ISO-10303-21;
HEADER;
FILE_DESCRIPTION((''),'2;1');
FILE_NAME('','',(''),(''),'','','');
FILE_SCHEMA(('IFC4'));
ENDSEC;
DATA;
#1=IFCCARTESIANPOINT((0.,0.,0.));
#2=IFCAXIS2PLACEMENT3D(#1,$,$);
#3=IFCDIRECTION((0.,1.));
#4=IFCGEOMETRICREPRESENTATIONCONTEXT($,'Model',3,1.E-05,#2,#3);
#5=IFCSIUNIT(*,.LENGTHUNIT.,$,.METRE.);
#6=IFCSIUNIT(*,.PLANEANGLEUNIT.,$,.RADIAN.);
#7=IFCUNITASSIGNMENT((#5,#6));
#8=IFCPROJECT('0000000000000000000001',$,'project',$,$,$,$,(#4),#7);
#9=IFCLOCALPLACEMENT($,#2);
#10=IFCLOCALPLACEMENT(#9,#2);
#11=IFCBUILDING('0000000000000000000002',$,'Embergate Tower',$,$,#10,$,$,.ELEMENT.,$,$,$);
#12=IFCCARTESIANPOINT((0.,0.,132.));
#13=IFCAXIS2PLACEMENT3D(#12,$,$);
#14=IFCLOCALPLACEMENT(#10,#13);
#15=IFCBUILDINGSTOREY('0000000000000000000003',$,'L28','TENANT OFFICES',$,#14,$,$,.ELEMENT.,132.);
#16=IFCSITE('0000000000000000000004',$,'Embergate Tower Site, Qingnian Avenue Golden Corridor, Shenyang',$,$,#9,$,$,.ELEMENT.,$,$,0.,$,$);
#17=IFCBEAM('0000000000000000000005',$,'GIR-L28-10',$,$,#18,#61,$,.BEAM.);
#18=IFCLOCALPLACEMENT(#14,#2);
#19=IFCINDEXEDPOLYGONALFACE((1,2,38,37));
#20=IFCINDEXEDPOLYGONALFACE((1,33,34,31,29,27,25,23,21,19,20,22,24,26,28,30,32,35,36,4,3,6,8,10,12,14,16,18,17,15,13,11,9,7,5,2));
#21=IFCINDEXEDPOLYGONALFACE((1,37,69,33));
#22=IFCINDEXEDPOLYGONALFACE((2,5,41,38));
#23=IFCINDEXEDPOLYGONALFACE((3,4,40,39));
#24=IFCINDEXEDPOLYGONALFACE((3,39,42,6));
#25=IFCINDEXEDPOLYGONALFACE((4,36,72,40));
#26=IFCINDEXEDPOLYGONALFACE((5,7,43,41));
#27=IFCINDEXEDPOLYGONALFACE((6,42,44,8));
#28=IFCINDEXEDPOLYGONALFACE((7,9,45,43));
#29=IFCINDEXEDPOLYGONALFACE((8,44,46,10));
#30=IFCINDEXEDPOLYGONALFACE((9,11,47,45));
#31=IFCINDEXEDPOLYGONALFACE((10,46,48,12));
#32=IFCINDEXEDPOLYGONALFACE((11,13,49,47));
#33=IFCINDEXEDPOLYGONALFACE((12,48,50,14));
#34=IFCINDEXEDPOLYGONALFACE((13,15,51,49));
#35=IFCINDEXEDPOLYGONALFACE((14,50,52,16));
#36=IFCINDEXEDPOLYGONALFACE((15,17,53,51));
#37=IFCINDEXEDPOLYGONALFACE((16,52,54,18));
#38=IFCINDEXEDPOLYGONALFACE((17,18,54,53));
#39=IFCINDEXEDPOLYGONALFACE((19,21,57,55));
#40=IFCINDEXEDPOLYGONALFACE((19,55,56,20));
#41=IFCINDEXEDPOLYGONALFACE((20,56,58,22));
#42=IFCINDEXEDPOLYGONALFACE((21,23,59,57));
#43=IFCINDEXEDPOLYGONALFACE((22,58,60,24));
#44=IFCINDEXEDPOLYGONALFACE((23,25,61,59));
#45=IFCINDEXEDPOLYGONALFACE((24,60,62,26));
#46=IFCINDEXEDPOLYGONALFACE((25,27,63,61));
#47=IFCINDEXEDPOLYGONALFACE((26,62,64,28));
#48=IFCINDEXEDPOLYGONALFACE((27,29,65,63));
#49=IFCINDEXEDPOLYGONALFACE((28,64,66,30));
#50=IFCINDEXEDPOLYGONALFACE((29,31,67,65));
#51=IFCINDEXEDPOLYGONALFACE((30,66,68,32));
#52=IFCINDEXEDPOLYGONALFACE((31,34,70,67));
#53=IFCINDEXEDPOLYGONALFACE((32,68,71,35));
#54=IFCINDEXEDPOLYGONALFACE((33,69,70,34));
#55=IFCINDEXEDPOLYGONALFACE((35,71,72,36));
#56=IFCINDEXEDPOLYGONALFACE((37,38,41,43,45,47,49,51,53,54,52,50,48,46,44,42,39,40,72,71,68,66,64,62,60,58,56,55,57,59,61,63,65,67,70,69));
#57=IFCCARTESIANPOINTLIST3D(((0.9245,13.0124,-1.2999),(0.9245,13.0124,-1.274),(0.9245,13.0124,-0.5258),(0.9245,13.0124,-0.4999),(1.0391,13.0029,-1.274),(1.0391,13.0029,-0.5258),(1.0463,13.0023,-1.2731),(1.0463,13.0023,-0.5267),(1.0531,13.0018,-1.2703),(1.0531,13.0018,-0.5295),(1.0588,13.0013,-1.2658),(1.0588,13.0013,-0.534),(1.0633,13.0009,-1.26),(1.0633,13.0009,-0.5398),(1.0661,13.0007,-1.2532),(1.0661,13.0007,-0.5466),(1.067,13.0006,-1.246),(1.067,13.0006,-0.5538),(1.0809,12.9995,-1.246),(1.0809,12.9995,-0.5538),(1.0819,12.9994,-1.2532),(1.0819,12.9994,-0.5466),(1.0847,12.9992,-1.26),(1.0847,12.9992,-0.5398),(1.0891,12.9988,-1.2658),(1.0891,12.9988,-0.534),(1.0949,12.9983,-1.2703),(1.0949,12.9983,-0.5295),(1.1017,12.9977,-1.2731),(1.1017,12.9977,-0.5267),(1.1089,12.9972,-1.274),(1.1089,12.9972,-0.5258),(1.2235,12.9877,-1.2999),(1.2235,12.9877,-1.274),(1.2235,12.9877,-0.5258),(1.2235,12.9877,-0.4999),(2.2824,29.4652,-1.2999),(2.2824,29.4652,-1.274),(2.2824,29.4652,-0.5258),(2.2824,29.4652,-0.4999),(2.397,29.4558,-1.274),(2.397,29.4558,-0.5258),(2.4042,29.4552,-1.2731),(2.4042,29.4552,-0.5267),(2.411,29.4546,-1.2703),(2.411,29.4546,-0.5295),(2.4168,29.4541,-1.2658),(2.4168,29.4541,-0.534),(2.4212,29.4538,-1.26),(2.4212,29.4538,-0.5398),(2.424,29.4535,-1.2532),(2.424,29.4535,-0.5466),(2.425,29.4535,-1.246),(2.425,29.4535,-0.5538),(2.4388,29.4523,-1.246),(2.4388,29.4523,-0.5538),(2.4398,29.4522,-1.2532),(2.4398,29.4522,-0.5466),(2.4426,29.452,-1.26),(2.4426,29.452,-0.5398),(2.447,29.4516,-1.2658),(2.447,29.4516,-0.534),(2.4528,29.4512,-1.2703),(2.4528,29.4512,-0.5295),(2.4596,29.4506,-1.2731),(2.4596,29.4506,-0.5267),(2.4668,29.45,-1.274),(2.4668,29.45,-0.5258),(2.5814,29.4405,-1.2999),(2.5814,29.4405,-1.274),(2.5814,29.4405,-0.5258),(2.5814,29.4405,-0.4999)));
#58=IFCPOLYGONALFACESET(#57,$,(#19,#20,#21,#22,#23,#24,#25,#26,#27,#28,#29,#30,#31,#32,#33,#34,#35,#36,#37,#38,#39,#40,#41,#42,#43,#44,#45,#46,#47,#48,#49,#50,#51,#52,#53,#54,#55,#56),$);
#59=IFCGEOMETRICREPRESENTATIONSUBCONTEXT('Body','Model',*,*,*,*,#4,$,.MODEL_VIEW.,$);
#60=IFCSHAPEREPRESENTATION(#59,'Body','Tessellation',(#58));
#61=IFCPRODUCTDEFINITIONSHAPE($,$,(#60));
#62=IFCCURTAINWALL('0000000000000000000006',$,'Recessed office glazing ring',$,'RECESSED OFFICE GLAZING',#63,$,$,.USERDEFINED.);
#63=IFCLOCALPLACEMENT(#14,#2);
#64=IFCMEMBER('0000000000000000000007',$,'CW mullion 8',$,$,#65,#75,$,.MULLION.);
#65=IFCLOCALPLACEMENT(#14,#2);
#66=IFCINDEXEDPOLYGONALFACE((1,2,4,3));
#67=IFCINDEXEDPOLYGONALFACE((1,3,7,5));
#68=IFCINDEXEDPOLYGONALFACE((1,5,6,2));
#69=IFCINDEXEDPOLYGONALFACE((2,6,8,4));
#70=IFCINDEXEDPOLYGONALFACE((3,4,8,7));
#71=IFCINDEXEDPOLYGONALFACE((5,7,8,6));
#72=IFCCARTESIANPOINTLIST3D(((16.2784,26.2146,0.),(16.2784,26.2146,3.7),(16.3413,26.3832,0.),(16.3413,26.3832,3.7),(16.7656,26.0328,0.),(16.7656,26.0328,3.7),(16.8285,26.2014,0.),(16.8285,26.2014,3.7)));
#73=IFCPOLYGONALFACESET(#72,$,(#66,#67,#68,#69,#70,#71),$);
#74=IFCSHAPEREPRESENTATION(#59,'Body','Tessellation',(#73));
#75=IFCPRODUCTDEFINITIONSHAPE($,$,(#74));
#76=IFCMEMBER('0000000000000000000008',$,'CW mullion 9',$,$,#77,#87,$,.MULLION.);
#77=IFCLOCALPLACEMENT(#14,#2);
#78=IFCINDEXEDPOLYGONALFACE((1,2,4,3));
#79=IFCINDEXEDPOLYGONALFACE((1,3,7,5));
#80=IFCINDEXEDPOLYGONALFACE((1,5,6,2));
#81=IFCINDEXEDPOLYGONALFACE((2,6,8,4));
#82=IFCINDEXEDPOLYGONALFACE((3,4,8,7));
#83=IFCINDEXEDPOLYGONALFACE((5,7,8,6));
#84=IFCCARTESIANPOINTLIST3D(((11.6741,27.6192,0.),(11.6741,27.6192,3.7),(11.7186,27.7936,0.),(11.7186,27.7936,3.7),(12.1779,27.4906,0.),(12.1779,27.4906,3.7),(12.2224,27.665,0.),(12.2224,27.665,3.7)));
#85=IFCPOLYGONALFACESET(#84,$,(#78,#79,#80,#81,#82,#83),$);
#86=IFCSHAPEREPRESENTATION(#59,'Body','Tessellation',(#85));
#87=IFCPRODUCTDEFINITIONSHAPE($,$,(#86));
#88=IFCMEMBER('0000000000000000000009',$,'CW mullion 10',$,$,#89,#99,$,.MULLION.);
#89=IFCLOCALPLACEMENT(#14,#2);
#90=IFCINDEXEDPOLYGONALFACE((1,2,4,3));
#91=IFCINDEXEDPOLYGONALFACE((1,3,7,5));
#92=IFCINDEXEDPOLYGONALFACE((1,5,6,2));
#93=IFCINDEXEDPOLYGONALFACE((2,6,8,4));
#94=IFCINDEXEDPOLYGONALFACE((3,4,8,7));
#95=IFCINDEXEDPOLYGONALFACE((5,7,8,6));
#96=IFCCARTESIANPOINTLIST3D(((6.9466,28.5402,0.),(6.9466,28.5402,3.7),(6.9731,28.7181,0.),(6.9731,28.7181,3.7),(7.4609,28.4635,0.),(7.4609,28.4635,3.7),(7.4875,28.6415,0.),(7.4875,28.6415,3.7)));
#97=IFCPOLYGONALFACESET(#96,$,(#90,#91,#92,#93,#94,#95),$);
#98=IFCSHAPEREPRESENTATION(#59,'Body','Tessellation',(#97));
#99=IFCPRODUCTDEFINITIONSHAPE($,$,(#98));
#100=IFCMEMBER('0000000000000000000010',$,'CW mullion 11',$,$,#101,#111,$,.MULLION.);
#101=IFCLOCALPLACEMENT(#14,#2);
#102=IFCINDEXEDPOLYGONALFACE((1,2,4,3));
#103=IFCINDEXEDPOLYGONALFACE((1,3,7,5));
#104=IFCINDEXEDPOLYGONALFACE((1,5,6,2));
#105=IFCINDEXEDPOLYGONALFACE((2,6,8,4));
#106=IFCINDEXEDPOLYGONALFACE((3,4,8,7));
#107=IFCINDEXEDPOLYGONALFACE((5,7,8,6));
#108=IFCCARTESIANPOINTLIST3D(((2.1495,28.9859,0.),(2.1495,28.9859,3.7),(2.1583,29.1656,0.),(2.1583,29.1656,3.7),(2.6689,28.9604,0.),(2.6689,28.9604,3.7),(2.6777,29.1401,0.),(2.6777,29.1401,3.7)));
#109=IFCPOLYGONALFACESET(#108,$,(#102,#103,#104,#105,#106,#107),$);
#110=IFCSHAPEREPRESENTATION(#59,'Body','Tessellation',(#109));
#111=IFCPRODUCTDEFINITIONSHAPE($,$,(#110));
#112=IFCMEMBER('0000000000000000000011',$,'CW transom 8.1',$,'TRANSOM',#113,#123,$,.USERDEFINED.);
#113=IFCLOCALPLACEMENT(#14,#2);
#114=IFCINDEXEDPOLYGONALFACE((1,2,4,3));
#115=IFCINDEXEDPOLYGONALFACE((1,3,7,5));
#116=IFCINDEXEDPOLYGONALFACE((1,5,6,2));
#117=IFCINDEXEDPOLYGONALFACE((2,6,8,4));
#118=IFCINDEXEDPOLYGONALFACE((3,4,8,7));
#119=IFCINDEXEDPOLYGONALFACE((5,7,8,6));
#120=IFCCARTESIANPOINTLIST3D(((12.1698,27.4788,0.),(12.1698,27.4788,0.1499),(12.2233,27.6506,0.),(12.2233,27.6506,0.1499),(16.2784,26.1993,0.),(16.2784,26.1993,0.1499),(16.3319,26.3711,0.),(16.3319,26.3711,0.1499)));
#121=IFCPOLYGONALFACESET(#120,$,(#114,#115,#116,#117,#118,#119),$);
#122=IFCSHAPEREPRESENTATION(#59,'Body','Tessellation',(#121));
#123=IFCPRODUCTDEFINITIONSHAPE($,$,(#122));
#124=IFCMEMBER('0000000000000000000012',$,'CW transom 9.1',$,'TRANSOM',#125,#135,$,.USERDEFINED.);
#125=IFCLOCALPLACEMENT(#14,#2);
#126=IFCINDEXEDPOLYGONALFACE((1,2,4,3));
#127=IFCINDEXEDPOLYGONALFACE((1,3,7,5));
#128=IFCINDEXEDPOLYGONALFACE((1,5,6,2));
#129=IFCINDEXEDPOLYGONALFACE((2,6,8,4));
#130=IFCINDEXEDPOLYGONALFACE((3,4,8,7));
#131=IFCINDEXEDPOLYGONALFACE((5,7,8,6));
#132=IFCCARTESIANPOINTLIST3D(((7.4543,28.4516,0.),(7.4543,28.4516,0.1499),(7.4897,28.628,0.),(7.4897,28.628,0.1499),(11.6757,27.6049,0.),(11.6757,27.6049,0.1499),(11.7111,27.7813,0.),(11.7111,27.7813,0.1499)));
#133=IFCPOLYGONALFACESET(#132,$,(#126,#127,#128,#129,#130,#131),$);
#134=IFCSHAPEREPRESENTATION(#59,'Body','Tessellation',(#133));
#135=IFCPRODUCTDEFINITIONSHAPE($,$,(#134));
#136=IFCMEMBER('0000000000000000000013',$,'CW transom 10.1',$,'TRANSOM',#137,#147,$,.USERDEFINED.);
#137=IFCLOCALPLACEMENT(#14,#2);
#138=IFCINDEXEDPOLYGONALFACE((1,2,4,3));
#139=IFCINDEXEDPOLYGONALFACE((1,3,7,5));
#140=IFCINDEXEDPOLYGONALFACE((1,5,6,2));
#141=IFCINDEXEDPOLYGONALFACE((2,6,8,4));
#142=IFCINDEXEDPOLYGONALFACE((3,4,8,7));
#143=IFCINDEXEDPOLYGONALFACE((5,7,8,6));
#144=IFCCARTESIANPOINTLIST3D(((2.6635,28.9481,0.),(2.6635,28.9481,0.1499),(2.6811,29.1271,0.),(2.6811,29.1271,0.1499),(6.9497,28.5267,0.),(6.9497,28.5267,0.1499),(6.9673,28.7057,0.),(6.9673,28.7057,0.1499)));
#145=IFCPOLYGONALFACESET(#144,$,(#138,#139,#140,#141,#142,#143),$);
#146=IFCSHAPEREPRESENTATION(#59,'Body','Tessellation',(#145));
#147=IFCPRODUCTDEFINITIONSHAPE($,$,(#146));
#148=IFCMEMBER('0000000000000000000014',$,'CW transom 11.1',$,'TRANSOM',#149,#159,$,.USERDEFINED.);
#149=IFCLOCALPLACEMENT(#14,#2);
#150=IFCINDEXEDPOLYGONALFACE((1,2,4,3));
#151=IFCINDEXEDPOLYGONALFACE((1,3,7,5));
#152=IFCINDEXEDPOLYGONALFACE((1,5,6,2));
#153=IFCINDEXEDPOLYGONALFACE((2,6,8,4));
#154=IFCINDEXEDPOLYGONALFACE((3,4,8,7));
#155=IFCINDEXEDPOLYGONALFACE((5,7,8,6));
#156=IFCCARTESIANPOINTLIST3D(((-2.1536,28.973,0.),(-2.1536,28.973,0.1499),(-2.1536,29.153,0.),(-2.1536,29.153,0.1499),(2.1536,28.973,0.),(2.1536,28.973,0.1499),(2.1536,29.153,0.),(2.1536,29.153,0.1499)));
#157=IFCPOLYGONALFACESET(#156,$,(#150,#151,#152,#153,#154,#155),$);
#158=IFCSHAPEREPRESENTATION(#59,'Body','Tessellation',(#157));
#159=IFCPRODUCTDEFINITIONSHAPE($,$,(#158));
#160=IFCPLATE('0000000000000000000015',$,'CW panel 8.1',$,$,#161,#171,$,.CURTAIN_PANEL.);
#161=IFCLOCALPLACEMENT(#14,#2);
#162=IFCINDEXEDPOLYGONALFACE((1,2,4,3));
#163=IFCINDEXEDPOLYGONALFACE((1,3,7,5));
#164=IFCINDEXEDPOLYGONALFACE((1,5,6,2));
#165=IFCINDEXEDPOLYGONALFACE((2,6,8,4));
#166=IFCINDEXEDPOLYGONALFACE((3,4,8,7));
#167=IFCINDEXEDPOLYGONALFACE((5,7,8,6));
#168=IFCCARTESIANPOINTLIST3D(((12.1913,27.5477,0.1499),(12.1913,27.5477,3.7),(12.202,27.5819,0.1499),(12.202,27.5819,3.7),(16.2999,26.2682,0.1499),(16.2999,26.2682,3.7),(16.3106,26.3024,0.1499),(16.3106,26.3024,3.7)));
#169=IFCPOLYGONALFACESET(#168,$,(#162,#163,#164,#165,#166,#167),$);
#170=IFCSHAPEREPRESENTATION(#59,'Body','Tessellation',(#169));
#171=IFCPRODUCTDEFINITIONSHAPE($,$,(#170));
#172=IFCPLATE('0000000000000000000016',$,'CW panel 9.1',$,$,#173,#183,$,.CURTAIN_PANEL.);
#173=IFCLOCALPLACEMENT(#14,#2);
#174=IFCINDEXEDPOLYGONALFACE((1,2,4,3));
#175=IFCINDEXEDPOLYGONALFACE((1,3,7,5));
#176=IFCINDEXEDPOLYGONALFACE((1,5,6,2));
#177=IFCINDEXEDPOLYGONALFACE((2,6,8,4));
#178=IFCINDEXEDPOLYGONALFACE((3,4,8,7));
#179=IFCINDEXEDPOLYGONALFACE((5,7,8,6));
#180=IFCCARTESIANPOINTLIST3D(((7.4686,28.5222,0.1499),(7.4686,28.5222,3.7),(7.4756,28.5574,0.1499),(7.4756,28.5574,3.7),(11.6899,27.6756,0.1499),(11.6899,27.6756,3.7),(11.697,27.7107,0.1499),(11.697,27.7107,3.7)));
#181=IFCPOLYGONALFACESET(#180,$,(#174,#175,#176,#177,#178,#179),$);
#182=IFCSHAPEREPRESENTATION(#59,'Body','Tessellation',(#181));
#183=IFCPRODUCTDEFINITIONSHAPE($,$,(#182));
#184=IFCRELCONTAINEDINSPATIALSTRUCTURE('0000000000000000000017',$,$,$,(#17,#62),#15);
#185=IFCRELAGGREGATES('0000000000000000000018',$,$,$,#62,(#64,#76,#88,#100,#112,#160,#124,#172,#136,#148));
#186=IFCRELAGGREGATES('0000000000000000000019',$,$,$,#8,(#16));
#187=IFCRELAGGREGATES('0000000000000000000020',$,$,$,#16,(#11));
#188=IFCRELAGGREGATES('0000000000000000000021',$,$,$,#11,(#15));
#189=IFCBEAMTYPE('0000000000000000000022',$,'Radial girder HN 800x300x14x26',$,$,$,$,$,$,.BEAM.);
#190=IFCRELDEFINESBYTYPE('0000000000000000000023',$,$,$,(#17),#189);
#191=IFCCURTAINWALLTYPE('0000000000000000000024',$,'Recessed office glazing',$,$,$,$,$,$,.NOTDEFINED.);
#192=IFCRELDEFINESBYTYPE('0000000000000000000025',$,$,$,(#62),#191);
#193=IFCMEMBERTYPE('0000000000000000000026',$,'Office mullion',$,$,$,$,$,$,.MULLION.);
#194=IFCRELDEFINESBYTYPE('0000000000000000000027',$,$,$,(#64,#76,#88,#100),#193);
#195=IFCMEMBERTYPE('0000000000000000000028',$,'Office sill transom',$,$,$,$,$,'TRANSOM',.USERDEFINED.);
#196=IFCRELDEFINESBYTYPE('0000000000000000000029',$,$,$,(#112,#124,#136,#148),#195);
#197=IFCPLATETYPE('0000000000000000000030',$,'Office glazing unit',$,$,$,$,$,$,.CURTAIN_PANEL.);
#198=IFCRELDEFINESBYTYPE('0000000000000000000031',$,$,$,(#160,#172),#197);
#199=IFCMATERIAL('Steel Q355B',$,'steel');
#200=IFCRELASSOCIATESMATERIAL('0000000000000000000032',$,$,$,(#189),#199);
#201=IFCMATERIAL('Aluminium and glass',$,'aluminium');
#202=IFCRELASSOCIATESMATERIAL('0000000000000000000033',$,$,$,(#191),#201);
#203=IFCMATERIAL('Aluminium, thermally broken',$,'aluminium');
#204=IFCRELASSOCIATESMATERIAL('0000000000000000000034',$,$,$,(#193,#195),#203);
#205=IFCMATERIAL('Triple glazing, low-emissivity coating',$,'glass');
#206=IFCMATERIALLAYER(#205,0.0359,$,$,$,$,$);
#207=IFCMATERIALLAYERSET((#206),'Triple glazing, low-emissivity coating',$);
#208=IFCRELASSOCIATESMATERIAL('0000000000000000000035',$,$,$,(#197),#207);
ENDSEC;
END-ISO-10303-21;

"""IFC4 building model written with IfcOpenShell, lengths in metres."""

from ifc_helpers import new_model, si_unit, direction, frame, origin, origin_2d, place, context, subcontext, project, spatial, rectangle, i_section, extrude, source, transform, mapped, material, layer, layer_set, material_profile, profile_set, type_object, element, aggregate, save


model = new_model("IFC4")

# Units and contexts
model_context = context("Model", 3, precision=1e-05, world=origin(), true_north=direction((0.0, 1.0)))
body_context = subcontext(model_context, "Body", "Model", "MODEL_VIEW")
ifc_project = project(units=[si_unit("LENGTHUNIT", "METRE"), si_unit("PLANEANGLEUNIT", "RADIAN")], contexts=[model_context])

# Site, building, storey
site_placement = place(None, origin())
site = spatial("IfcSite", under=ifc_project, at=site_placement, Name="Embergate Tower Site, Qingnian Avenue Golden Corridor, Shenyang", CompositionType="ELEMENT", RefElevation=0.0)
building_placement = place(site_placement, origin())
building = spatial("IfcBuilding", under=site, at=building_placement, Name="Embergate Tower", CompositionType="ELEMENT")
storey_placement = place(building_placement, frame((0.0, 0.0, 132.0)))
storey = spatial("IfcBuildingStorey", under=building, at=storey_placement, Name="L28", Description="TENANT OFFICES", CompositionType="ELEMENT", Elevation=132.0)

# Beam
ifc_material_1 = material(Name="Steel Q355B", Category="steel")
ifc_material_profile_1 = material_profile(ifc_material_1, i_section(OverallWidth=0.3, OverallDepth=0.8, WebThickness=0.0139, FlangeThickness=0.0259, FilletRadius=0.0281, at=origin_2d()), Name="HN 800x300x14x26")
ifc_profile_set_1 = profile_set([ifc_material_profile_1], Name="Steel Q355 grade B")
beam_type_1 = type_object("IfcBeamType", Name="Radial girder HN 800x300x14x26", PredefinedType="BEAM", material=ifc_profile_set_1)
shared_shape_1 = source(origin(), body_context, "Body", "SweptSolid", [
    extrude(i_section(OverallWidth=0.3, OverallDepth=0.8, WebThickness=0.0139, FlangeThickness=0.0259, FilletRadius=0.0281, at=origin_2d()), origin(), (0.0, 0.0, 1.0), 16.5088),
])
beam_1_placement = place(storey_placement, frame((2.4319, 29.4529, -0.8999), z_axis=(-0.082254, -0.996611, 0.0), x_axis=(0.996611, -0.082254, 0.0)))
element("IfcBeam", 1, at=beam_1_placement, inside=storey, type_object=beam_type_1, Name="GIR-L28-10", PredefinedType="BEAM", context=body_context, shape_type="MappedRepresentation", body=[
    mapped(shared_shape_1, transform((0.0, 0.0, 0.0))),
])

# Curtain wall, members, plates
ifc_material_2 = material(Name="Aluminium and glass", Category="aluminium")
curtain_wall_type = type_object("IfcCurtainWallType", Name="Recessed office glazing", PredefinedType="NOTDEFINED", material=ifc_material_2)
curtain_wall_placement = place(storey_placement, origin())
curtain_wall = element("IfcCurtainWall", 2, at=curtain_wall_placement, inside=storey, type_object=curtain_wall_type, Name="Recessed office glazing ring", ObjectType="RECESSED OFFICE GLAZING", PredefinedType="USERDEFINED")
ifc_material_3 = material(Name="Aluminium, thermally broken", Category="aluminium")
ifc_material_profile_2 = material_profile(ifc_material_3, rectangle(XDim=0.1799, YDim=0.52, at=origin_2d()), Name="AL 520x180")
ifc_profile_set_2 = profile_set([ifc_material_profile_2], Name="Aluminium, thermally broken")
member_type_1 = type_object("IfcMemberType", Name="Office mullion", PredefinedType="MULLION", material=ifc_profile_set_2)
shared_shape_2 = source(origin(), body_context, "Body", "SweptSolid", [
    extrude(rectangle(XDim=0.1799, YDim=0.52, at=origin_2d()), origin(), (0.0, 0.0, 1.0), 3.7),
])
member_1_placement = place(storey_placement, frame((16.5535, 26.208, 0.0), z_axis=(0.0, 0.0, 1.0), x_axis=(-0.349501, -0.936936, 0.0)))
member_1 = element("IfcMember", 3, at=member_1_placement, type_object=member_type_1, Name="CW mullion 8", PredefinedType="MULLION", context=body_context, shape_type="MappedRepresentation", body=[
    mapped(shared_shape_2, transform((0.0, 0.0, 0.0))),
])
member_2_placement = place(storey_placement, frame((11.9482, 27.6421, 0.0), z_axis=(0.0, 0.0, 1.0), x_axis=(-0.24731, -0.968936, 0.0)))
member_2 = element("IfcMember", 4, at=member_2_placement, type_object=member_type_1, Name="CW mullion 9", PredefinedType="MULLION", context=body_context, shape_type="MappedRepresentation", body=[
    mapped(shared_shape_2, transform((0.0, 0.0, 0.0))),
])
member_3_placement = place(storey_placement, frame((7.217, 28.5908, 0.0), z_axis=(0.0, 0.0, 1.0), x_axis=(-0.147411, -0.989075, 0.0)))
member_3 = element("IfcMember", 5, at=member_3_placement, type_object=member_type_1, Name="CW mullion 10", PredefinedType="MULLION", context=body_context, shape_type="MappedRepresentation", body=[
    mapped(shared_shape_2, transform((0.0, 0.0, 0.0))),
])
member_4_placement = place(storey_placement, frame((2.4136, 29.063, 0.0), z_axis=(0.0, 0.0, 1.0), x_axis=(-0.048972, -0.9988, 0.0)))
member_4 = element("IfcMember", 6, at=member_4_placement, type_object=member_type_1, Name="CW mullion 11", PredefinedType="MULLION", context=body_context, shape_type="MappedRepresentation", body=[
    mapped(shared_shape_2, transform((0.0, 0.0, 0.0))),
])
ifc_material_profile_3 = material_profile(ifc_material_3, rectangle(XDim=0.1799, YDim=0.1499, at=origin_2d()), Name="AL 150x180")
ifc_profile_set_3 = profile_set([ifc_material_profile_3], Name="Aluminium, thermally broken")
member_type_2 = type_object("IfcMemberType", Name="Office sill transom", ElementType="TRANSOM", PredefinedType="USERDEFINED", material=ifc_profile_set_3)
shared_shape_3 = source(origin(), body_context, "Body", "SweptSolid", [
    extrude(rectangle(XDim=0.1799, YDim=0.1499, at=origin_2d()), origin(), (0.0, 0.0, 1.0), 4.3032),
])
member_5_placement = place(storey_placement, frame((16.3052, 26.2852, 0.075), z_axis=(-0.954771, 0.297341, 0.0), x_axis=(-0.297341, -0.954771, 0.0)))
member_5 = element("IfcMember", 7, at=member_5_placement, type_object=member_type_2, Name="CW transom 8.1", ObjectType="TRANSOM", PredefinedType="USERDEFINED", context=body_context, shape_type="MappedRepresentation", body=[
    mapped(shared_shape_3, transform((0.0, 0.0, 0.0))),
])
shared_shape_4 = source(origin(), body_context, "Body", "SweptSolid", [
    extrude(rectangle(XDim=0.1799, YDim=0.1499, at=origin_2d()), origin(), (0.0, 0.0, 1.0), 4.3054),
])
member_6_placement = place(storey_placement, frame((11.6934, 27.6931, 0.075), z_axis=(-0.980474, 0.19665, 0.0), x_axis=(-0.19665, -0.980474, 0.0)))
member_6 = element("IfcMember", 8, at=member_6_placement, type_object=member_type_2, Name="CW transom 9.1", ObjectType="TRANSOM", PredefinedType="USERDEFINED", context=body_context, shape_type="MappedRepresentation", body=[
    mapped(shared_shape_4, transform((0.0, 0.0, 0.0))),
])
shared_shape_5 = source(origin(), body_context, "Body", "SweptSolid", [
    extrude(rectangle(XDim=0.1799, YDim=0.1499, at=origin_2d()), origin(), (0.0, 0.0, 1.0), 4.3069),
])
member_7_placement = place(storey_placement, frame((6.9585, 28.6162, 0.075), z_axis=(-0.995202, 0.097842, 0.0), x_axis=(-0.097842, -0.995202, 0.0)))
member_7 = element("IfcMember", 9, at=member_7_placement, type_object=member_type_2, Name="CW transom 10.1", ObjectType="TRANSOM", PredefinedType="USERDEFINED", context=body_context, shape_type="MappedRepresentation", body=[
    mapped(shared_shape_5, transform((0.0, 0.0, 0.0))),
])
shared_shape_6 = source(origin(), body_context, "Body", "SweptSolid", [
    extrude(rectangle(XDim=0.1799, YDim=0.1499, at=origin_2d()), origin(), (0.0, 0.0, 1.0), 4.3071),
])
member_8_placement = place(storey_placement, frame((2.1536, 29.063, 0.075), z_axis=(-1.0, 0.0, 0.0), x_axis=(0.0, -1.0, 0.0)))
member_8 = element("IfcMember", 10, at=member_8_placement, type_object=member_type_2, Name="CW transom 11.1", ObjectType="TRANSOM", PredefinedType="USERDEFINED", context=body_context, shape_type="MappedRepresentation", body=[
    mapped(shared_shape_6, transform((0.0, 0.0, 0.0))),
])
ifc_material_4 = material(Name="Triple glazing, low-emissivity coating", Category="glass")
ifc_layer_1 = layer(ifc_material_4, 0.0359)
ifc_layer_set_1 = layer_set([ifc_layer_1], Name="Triple glazing, low-emissivity coating")
plate_type = type_object("IfcPlateType", Name="Office glazing unit", PredefinedType="CURTAIN_PANEL", material=ifc_layer_set_1)
shared_shape_7 = source(origin(), body_context, "Body", "SweptSolid", [
    extrude(rectangle(XDim=4.3032, YDim=0.0359, at=origin_2d()), origin(), (0.0, 0.0, 1.0), 3.55),
])
plate_1_placement = place(storey_placement, frame((14.251, 26.925, 0.1499), z_axis=(0.0, 0.0, 1.0), x_axis=(-0.954773, 0.297337, 0.0)))
plate_1 = element("IfcPlate", 11, at=plate_1_placement, type_object=plate_type, Name="CW panel 8.1", PredefinedType="CURTAIN_PANEL", context=body_context, shape_type="MappedRepresentation", body=[
    mapped(shared_shape_7, transform((0.0, 0.0, 0.0))),
])
shared_shape_8 = source(origin(), body_context, "Body", "SweptSolid", [
    extrude(rectangle(XDim=4.3054, YDim=0.0359, at=origin_2d()), origin(), (0.0, 0.0, 1.0), 3.55),
])
plate_2_placement = place(storey_placement, frame((9.5828, 28.1165, 0.1499), z_axis=(0.0, 0.0, 1.0), x_axis=(-0.980476, 0.196639, 0.0)))
plate_2 = element("IfcPlate", 12, at=plate_2_placement, type_object=plate_type, Name="CW panel 9.1", PredefinedType="CURTAIN_PANEL", context=body_context, shape_type="MappedRepresentation", body=[
    mapped(shared_shape_8, transform((0.0, 0.0, 0.0))),
])
aggregate(curtain_wall, [member_1, member_2, member_3, member_4, member_5, plate_1, member_6, plate_2, member_7, member_8])

save(model, "model.ifc")
